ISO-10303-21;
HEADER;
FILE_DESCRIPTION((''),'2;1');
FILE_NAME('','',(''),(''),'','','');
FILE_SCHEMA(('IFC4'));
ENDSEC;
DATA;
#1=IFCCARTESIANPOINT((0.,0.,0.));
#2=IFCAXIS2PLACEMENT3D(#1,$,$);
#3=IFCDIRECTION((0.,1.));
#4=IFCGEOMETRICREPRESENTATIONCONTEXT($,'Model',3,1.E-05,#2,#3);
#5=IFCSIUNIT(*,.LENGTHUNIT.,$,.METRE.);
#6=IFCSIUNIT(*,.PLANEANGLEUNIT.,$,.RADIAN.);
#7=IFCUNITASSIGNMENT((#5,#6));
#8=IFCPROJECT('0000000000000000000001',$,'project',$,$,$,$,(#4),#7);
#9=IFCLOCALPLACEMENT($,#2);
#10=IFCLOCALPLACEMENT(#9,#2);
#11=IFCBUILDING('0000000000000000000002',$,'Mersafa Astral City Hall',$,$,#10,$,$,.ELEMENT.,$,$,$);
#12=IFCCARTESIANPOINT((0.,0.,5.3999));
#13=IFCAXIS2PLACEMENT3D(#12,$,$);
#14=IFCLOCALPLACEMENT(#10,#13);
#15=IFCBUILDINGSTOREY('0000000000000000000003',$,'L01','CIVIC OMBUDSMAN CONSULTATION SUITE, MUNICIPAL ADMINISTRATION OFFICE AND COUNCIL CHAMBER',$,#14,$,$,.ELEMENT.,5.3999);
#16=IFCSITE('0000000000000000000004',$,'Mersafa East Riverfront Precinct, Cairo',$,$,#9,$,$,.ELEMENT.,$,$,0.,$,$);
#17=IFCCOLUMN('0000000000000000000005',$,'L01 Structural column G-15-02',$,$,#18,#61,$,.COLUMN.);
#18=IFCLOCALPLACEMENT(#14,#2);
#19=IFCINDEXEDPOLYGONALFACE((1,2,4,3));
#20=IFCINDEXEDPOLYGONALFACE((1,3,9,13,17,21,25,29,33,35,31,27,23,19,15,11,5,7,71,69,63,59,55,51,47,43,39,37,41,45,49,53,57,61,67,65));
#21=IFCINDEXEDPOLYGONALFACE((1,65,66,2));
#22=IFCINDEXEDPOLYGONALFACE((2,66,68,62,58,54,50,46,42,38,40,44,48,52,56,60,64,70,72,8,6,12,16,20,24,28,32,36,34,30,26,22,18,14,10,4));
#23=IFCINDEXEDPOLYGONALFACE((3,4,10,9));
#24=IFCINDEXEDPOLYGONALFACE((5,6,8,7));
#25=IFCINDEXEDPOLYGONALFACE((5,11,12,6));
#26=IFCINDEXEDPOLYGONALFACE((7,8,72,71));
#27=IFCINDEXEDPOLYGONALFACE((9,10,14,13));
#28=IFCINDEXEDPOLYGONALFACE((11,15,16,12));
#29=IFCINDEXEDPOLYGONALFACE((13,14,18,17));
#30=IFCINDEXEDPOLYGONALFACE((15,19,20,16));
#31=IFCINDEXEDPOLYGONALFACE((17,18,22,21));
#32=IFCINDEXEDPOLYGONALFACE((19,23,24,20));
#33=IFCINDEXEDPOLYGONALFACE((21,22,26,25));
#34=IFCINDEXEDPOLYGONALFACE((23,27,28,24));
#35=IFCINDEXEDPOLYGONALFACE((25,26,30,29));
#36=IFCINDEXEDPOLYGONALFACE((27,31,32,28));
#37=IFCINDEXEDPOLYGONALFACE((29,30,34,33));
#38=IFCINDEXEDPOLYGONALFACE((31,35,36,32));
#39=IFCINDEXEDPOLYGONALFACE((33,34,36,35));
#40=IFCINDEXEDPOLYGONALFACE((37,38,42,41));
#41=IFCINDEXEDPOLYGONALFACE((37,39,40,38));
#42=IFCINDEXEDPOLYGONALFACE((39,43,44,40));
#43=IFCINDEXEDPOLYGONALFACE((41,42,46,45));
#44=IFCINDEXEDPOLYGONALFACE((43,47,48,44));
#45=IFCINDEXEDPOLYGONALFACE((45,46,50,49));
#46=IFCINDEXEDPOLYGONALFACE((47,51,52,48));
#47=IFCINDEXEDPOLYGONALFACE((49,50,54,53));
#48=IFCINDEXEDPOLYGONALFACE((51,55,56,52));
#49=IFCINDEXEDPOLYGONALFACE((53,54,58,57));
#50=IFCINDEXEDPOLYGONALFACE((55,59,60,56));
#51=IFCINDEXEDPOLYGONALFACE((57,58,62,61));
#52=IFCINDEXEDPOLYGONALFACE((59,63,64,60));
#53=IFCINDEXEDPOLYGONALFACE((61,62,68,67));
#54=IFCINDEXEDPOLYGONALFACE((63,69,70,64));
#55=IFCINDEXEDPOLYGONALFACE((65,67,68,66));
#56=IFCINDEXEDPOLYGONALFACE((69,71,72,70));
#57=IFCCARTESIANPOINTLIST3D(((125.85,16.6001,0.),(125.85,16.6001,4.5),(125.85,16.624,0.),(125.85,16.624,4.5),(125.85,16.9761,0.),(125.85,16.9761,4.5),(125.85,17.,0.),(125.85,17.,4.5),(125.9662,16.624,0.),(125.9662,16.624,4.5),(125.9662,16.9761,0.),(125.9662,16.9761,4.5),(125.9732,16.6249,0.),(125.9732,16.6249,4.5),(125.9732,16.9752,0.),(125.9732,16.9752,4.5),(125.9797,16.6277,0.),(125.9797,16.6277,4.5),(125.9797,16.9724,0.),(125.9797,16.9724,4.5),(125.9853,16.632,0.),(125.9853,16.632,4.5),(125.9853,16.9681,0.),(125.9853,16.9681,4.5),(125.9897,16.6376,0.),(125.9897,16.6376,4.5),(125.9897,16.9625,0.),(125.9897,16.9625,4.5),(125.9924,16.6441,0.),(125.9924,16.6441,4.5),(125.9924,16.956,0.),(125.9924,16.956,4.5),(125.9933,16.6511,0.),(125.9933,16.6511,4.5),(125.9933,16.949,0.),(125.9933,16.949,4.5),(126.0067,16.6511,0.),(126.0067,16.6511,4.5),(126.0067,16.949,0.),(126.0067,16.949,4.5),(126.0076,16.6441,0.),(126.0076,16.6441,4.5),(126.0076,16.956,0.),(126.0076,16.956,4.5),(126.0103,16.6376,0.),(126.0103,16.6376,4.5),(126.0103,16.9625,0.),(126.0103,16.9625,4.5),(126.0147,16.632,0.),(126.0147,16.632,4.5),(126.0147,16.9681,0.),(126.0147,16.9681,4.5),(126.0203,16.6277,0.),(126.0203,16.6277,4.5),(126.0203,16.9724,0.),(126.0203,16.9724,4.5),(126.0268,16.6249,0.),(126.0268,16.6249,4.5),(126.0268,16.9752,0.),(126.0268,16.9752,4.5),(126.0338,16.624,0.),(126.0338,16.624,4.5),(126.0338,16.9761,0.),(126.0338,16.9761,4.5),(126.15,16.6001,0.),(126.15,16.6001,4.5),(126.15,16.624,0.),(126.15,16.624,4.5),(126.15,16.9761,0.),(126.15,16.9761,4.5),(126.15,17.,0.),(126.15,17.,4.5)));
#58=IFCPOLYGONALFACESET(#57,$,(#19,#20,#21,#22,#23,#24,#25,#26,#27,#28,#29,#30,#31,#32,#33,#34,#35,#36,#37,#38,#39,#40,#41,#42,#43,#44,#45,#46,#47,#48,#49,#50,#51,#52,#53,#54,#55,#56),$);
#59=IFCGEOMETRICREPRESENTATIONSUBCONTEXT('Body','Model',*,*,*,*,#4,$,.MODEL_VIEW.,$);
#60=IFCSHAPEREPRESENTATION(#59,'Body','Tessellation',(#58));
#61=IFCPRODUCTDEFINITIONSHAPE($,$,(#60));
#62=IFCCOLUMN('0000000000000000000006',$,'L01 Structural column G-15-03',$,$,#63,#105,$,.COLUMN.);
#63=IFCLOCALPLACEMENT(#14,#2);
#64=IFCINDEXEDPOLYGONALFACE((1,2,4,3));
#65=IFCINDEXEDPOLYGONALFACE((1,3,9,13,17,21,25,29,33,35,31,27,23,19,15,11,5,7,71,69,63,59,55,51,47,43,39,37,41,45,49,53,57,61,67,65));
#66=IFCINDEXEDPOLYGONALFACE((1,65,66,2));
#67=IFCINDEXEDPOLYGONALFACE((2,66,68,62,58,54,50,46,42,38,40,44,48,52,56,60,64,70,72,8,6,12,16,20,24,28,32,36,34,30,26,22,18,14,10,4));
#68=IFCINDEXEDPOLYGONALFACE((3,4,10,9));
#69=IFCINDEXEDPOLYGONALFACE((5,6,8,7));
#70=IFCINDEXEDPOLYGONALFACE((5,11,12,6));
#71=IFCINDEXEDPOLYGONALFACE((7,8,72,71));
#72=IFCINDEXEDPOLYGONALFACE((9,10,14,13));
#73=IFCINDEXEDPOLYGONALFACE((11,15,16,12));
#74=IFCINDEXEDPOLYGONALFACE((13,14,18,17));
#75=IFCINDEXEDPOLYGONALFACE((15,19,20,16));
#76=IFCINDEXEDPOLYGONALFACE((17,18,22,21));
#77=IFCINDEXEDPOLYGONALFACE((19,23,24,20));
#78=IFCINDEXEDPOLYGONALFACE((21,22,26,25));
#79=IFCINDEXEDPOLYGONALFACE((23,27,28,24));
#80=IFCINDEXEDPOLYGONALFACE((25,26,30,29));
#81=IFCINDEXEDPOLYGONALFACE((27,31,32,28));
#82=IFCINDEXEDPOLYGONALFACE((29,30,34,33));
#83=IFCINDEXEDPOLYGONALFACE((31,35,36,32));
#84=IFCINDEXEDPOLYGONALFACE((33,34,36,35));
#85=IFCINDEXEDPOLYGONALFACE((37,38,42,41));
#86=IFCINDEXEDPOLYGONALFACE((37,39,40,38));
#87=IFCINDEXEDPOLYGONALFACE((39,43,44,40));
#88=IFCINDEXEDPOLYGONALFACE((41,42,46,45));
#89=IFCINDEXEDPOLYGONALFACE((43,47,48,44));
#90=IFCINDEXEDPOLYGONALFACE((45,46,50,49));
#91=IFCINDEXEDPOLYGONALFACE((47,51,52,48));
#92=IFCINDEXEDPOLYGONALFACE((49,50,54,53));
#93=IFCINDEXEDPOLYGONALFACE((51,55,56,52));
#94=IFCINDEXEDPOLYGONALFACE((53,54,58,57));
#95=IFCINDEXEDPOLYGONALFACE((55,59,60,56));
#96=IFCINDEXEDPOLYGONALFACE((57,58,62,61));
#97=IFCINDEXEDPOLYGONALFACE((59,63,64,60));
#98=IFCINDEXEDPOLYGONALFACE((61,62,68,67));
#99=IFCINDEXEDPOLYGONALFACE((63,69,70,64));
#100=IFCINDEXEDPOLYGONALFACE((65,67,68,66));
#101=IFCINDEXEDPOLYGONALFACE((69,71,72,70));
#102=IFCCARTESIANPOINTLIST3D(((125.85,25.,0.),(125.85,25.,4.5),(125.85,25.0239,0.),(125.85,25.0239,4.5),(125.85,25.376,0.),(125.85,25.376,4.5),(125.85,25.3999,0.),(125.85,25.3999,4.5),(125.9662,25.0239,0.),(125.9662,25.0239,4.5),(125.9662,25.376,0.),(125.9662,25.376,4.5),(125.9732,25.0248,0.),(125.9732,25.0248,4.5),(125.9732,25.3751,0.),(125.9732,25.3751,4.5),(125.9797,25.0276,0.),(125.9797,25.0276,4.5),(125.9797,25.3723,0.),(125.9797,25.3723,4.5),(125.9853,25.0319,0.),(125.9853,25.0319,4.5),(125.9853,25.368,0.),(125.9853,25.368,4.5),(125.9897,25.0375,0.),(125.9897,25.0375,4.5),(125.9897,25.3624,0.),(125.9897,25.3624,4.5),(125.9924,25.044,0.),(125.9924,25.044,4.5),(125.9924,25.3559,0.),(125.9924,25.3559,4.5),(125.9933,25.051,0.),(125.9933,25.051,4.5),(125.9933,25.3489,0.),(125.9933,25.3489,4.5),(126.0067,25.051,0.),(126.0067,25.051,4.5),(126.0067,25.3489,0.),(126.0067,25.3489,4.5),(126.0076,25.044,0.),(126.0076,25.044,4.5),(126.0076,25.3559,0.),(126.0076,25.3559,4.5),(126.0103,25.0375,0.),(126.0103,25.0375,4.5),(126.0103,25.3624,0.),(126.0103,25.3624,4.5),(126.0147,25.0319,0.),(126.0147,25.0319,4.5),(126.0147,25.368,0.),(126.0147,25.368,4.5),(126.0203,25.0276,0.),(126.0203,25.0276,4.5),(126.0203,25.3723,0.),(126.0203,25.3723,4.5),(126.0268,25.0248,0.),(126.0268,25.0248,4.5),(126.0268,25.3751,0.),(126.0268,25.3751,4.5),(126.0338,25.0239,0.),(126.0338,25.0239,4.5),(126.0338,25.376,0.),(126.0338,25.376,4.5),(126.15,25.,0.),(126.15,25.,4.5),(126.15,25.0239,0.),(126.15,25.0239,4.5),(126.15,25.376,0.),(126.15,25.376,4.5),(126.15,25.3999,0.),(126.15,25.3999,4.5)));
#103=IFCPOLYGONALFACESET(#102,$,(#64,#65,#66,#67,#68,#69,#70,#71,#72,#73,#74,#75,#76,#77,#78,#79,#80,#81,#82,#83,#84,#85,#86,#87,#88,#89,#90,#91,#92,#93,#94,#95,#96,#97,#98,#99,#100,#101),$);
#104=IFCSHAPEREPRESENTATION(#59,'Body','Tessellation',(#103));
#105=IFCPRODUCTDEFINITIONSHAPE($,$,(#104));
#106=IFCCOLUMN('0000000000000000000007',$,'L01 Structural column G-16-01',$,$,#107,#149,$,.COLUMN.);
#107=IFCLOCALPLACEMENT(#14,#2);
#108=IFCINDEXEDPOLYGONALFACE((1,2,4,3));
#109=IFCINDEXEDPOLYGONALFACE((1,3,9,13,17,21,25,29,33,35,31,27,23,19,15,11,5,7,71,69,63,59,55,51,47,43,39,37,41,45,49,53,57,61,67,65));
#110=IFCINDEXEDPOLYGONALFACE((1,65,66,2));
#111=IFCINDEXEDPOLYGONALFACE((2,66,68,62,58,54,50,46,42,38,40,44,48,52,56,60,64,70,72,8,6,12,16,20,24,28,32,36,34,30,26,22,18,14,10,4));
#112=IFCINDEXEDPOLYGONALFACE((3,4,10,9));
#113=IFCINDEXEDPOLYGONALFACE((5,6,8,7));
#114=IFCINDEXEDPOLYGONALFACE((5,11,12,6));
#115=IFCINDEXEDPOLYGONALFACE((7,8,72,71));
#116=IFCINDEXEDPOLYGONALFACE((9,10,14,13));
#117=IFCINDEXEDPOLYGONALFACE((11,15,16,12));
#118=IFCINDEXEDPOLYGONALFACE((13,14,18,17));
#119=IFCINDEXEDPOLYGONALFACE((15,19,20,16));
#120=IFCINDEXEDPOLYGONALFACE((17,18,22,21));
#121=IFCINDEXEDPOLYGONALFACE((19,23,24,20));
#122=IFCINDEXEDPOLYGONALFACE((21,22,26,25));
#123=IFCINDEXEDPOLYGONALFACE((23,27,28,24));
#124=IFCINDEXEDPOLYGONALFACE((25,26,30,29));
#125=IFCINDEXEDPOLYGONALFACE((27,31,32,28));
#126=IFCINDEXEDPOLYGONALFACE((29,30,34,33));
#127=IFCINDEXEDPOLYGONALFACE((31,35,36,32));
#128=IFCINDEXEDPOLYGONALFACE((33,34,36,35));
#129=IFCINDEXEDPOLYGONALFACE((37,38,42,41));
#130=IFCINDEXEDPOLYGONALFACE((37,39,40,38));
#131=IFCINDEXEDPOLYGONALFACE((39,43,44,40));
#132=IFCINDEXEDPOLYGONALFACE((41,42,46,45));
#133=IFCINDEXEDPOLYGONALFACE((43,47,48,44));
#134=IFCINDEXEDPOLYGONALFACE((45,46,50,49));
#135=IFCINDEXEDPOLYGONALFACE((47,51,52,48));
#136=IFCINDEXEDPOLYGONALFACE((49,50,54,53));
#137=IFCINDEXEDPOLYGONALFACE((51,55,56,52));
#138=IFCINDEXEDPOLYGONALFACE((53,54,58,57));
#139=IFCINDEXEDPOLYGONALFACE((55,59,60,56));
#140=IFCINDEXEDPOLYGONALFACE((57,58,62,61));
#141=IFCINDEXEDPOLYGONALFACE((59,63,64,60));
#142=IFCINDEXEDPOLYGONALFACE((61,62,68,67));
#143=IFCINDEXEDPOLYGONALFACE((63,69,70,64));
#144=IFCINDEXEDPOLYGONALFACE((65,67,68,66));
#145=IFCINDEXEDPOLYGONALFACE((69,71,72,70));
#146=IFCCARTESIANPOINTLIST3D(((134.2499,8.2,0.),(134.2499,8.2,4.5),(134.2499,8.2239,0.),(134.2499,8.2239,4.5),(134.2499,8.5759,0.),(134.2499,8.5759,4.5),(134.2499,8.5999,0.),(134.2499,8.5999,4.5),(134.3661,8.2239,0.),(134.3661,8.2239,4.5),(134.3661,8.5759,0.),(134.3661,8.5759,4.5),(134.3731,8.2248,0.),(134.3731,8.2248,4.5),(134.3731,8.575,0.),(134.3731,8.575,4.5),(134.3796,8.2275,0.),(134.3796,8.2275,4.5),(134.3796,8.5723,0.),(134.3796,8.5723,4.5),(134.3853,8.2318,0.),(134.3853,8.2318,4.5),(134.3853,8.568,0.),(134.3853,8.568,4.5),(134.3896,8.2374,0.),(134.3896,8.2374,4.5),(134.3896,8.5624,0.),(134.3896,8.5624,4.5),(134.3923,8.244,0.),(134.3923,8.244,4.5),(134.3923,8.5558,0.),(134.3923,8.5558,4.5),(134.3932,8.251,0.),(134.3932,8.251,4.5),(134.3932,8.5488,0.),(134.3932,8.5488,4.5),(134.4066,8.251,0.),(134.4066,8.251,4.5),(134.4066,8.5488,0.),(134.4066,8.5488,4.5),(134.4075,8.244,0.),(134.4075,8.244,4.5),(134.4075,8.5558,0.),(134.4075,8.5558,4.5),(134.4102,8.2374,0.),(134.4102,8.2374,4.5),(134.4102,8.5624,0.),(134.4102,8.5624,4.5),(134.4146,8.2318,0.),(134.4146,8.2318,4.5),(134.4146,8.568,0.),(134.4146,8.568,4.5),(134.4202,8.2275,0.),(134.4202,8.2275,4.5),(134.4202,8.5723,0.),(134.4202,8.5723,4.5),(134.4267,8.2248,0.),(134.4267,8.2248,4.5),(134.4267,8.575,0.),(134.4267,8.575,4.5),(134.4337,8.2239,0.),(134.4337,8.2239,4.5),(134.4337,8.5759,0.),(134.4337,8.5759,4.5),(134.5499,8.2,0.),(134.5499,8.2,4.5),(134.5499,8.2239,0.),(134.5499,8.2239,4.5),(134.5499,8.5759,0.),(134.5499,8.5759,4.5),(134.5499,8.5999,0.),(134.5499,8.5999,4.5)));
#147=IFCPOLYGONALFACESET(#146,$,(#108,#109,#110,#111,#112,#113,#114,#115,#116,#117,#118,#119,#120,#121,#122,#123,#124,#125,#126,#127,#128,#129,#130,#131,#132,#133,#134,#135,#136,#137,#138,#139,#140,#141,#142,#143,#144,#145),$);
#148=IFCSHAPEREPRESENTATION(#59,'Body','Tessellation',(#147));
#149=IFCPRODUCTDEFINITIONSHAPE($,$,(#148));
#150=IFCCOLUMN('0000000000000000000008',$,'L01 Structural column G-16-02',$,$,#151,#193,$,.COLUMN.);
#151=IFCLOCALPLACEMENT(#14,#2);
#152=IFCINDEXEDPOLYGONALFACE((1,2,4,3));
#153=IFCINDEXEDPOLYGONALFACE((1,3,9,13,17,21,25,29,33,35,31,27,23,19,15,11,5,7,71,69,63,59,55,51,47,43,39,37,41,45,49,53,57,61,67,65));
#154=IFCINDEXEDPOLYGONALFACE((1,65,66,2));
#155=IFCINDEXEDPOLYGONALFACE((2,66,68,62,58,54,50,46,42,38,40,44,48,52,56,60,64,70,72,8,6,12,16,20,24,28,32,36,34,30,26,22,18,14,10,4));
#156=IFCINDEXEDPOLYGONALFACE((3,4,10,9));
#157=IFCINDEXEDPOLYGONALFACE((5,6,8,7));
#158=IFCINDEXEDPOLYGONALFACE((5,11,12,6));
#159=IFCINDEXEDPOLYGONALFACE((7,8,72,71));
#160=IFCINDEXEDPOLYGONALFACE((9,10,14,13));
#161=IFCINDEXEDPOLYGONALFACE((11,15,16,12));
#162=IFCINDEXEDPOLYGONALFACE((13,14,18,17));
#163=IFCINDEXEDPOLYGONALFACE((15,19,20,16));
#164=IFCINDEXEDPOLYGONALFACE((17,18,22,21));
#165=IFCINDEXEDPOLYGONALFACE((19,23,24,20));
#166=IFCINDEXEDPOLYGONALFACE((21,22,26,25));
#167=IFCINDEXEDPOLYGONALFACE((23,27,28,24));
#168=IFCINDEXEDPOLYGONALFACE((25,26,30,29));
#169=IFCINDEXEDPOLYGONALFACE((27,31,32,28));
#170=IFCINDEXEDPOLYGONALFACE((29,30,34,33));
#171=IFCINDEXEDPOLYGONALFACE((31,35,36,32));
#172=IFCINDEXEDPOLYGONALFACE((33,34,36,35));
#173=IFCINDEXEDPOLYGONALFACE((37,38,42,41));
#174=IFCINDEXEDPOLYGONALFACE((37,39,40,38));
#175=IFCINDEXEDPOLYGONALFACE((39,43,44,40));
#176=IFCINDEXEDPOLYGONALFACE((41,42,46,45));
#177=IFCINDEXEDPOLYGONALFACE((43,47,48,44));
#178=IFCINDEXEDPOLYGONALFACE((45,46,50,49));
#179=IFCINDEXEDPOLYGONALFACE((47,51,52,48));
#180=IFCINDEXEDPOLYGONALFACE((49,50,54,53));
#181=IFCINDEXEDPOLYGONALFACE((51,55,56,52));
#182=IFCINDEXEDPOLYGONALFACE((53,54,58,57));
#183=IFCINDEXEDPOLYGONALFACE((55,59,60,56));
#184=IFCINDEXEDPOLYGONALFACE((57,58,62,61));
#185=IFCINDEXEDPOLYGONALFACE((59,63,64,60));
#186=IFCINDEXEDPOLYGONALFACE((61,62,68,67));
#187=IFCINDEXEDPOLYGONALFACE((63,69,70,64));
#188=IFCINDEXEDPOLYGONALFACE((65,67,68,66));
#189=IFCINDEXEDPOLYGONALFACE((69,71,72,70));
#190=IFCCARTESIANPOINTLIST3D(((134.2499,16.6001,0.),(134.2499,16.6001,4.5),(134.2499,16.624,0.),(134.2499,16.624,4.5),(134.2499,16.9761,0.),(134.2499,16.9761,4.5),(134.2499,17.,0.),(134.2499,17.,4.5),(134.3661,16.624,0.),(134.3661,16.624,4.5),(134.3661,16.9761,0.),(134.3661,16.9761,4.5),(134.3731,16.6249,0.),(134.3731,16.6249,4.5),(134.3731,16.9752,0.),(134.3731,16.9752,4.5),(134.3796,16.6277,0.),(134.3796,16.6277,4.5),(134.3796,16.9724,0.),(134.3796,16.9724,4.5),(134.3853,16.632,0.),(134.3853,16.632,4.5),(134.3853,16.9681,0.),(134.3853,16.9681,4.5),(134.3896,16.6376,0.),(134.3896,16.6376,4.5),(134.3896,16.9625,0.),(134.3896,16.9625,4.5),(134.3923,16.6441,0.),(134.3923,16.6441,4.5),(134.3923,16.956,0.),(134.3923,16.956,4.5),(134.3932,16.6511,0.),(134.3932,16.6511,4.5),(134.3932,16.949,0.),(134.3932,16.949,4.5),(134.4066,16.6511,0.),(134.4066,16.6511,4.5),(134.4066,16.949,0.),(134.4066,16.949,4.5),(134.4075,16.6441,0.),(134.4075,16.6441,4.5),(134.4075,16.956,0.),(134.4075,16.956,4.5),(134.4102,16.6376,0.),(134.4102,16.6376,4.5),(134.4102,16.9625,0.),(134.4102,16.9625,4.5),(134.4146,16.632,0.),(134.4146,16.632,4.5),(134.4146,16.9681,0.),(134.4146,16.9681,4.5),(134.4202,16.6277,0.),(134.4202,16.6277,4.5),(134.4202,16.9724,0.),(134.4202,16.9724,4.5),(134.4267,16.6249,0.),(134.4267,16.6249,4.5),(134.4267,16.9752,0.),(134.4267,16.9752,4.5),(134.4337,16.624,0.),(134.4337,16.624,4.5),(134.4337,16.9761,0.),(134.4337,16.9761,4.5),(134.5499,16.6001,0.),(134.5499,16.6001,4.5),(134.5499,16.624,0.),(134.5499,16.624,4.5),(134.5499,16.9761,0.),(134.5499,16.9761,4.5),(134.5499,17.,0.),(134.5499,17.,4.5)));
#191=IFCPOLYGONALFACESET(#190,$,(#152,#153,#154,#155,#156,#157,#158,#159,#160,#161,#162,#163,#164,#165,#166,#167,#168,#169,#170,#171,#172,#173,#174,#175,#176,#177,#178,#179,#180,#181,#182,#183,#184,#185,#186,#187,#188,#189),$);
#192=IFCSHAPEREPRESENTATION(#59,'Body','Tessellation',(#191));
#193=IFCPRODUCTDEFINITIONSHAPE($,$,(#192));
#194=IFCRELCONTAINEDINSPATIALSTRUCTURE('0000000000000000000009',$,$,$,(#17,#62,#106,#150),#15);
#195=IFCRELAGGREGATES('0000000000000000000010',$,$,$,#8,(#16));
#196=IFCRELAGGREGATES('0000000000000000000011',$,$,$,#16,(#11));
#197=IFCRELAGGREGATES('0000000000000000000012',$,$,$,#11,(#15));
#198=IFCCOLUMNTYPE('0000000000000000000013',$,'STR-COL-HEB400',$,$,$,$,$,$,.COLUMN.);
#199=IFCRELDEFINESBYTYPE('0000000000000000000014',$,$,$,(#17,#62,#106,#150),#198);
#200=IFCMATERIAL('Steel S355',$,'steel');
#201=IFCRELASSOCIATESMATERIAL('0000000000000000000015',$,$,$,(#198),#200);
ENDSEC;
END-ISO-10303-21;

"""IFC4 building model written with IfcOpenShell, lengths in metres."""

from ifc_helpers import new_model, si_unit, direction, frame, origin, origin_2d, place, context, subcontext, project, spatial, i_section, extrude, material, material_profile, profile_set, type_object, element, save


model = new_model("IFC4")

# Units and contexts
model_context = context("Model", 3, precision=1e-05, world=origin(), true_north=direction((0.0, 1.0)))
body_context = subcontext(model_context, "Body", "Model", "MODEL_VIEW")
ifc_project = project(units=[si_unit("LENGTHUNIT", "METRE"), si_unit("PLANEANGLEUNIT", "RADIAN")], contexts=[model_context])

# Site, building, storey
site_placement = place(None, origin())
site = spatial("IfcSite", under=ifc_project, at=site_placement, Name="Mersafa East Riverfront Precinct, Cairo", CompositionType="ELEMENT", RefElevation=0.0)
building_placement = place(site_placement, origin())
building = spatial("IfcBuilding", under=site, at=building_placement, Name="Mersafa Astral City Hall", CompositionType="ELEMENT")
storey_placement = place(building_placement, frame((0.0, 0.0, 5.3999)))
storey = spatial("IfcBuildingStorey", under=building, at=storey_placement, Name="L01", Description="CIVIC OMBUDSMAN CONSULTATION SUITE, MUNICIPAL ADMINISTRATION OFFICE AND COUNCIL CHAMBER", CompositionType="ELEMENT", Elevation=5.3999)

# Columns
ifc_material_1 = material(Name="Steel S355", Category="steel")
ifc_material_profile_1 = material_profile(ifc_material_1, i_section(OverallWidth=0.3, OverallDepth=0.3999, WebThickness=0.0134, FlangeThickness=0.0239, FilletRadius=0.0271, at=origin_2d()), Name="HEB 400")
ifc_profile_set_1 = profile_set([ifc_material_profile_1], Name="Steel S355")
column_type = type_object("IfcColumnType", Name="STR-COL-HEB400", PredefinedType="COLUMN", material=ifc_profile_set_1)
for number, where, z_axis, x_axis, name in (
    (1, (126.0, 16.8, 0.0), (0.0, 0.0, 1.0), (1.0, 0.0, 0.0), "L01 Structural column G-15-02"),
    (2, (126.0, 25.2, 0.0), (0.0, 0.0, 1.0), (1.0, 0.0, 0.0), "L01 Structural column G-15-03"),
    (3, (134.3999, 8.3999, 0.0), (0.0, 0.0, 1.0), (1.0, 0.0, 0.0), "L01 Structural column G-16-01"),
    (4, (134.3999, 16.8, 0.0), (0.0, 0.0, 1.0), (1.0, 0.0, 0.0), "L01 Structural column G-16-02"),
):
    element("IfcColumn", number, at=place(storey_placement, frame(where, z_axis=z_axis, x_axis=x_axis)), inside=storey, type_object=column_type, Name=name, PredefinedType="COLUMN", context=body_context, shape_type="SweptSolid", body=[
        extrude(i_section(OverallWidth=0.3, OverallDepth=0.3999, WebThickness=0.0134, FlangeThickness=0.0239, FilletRadius=0.0271, at=origin_2d()), origin(), (0.0, 0.0, 1.0), 4.5),
    ])

save(model, "model.ifc")
